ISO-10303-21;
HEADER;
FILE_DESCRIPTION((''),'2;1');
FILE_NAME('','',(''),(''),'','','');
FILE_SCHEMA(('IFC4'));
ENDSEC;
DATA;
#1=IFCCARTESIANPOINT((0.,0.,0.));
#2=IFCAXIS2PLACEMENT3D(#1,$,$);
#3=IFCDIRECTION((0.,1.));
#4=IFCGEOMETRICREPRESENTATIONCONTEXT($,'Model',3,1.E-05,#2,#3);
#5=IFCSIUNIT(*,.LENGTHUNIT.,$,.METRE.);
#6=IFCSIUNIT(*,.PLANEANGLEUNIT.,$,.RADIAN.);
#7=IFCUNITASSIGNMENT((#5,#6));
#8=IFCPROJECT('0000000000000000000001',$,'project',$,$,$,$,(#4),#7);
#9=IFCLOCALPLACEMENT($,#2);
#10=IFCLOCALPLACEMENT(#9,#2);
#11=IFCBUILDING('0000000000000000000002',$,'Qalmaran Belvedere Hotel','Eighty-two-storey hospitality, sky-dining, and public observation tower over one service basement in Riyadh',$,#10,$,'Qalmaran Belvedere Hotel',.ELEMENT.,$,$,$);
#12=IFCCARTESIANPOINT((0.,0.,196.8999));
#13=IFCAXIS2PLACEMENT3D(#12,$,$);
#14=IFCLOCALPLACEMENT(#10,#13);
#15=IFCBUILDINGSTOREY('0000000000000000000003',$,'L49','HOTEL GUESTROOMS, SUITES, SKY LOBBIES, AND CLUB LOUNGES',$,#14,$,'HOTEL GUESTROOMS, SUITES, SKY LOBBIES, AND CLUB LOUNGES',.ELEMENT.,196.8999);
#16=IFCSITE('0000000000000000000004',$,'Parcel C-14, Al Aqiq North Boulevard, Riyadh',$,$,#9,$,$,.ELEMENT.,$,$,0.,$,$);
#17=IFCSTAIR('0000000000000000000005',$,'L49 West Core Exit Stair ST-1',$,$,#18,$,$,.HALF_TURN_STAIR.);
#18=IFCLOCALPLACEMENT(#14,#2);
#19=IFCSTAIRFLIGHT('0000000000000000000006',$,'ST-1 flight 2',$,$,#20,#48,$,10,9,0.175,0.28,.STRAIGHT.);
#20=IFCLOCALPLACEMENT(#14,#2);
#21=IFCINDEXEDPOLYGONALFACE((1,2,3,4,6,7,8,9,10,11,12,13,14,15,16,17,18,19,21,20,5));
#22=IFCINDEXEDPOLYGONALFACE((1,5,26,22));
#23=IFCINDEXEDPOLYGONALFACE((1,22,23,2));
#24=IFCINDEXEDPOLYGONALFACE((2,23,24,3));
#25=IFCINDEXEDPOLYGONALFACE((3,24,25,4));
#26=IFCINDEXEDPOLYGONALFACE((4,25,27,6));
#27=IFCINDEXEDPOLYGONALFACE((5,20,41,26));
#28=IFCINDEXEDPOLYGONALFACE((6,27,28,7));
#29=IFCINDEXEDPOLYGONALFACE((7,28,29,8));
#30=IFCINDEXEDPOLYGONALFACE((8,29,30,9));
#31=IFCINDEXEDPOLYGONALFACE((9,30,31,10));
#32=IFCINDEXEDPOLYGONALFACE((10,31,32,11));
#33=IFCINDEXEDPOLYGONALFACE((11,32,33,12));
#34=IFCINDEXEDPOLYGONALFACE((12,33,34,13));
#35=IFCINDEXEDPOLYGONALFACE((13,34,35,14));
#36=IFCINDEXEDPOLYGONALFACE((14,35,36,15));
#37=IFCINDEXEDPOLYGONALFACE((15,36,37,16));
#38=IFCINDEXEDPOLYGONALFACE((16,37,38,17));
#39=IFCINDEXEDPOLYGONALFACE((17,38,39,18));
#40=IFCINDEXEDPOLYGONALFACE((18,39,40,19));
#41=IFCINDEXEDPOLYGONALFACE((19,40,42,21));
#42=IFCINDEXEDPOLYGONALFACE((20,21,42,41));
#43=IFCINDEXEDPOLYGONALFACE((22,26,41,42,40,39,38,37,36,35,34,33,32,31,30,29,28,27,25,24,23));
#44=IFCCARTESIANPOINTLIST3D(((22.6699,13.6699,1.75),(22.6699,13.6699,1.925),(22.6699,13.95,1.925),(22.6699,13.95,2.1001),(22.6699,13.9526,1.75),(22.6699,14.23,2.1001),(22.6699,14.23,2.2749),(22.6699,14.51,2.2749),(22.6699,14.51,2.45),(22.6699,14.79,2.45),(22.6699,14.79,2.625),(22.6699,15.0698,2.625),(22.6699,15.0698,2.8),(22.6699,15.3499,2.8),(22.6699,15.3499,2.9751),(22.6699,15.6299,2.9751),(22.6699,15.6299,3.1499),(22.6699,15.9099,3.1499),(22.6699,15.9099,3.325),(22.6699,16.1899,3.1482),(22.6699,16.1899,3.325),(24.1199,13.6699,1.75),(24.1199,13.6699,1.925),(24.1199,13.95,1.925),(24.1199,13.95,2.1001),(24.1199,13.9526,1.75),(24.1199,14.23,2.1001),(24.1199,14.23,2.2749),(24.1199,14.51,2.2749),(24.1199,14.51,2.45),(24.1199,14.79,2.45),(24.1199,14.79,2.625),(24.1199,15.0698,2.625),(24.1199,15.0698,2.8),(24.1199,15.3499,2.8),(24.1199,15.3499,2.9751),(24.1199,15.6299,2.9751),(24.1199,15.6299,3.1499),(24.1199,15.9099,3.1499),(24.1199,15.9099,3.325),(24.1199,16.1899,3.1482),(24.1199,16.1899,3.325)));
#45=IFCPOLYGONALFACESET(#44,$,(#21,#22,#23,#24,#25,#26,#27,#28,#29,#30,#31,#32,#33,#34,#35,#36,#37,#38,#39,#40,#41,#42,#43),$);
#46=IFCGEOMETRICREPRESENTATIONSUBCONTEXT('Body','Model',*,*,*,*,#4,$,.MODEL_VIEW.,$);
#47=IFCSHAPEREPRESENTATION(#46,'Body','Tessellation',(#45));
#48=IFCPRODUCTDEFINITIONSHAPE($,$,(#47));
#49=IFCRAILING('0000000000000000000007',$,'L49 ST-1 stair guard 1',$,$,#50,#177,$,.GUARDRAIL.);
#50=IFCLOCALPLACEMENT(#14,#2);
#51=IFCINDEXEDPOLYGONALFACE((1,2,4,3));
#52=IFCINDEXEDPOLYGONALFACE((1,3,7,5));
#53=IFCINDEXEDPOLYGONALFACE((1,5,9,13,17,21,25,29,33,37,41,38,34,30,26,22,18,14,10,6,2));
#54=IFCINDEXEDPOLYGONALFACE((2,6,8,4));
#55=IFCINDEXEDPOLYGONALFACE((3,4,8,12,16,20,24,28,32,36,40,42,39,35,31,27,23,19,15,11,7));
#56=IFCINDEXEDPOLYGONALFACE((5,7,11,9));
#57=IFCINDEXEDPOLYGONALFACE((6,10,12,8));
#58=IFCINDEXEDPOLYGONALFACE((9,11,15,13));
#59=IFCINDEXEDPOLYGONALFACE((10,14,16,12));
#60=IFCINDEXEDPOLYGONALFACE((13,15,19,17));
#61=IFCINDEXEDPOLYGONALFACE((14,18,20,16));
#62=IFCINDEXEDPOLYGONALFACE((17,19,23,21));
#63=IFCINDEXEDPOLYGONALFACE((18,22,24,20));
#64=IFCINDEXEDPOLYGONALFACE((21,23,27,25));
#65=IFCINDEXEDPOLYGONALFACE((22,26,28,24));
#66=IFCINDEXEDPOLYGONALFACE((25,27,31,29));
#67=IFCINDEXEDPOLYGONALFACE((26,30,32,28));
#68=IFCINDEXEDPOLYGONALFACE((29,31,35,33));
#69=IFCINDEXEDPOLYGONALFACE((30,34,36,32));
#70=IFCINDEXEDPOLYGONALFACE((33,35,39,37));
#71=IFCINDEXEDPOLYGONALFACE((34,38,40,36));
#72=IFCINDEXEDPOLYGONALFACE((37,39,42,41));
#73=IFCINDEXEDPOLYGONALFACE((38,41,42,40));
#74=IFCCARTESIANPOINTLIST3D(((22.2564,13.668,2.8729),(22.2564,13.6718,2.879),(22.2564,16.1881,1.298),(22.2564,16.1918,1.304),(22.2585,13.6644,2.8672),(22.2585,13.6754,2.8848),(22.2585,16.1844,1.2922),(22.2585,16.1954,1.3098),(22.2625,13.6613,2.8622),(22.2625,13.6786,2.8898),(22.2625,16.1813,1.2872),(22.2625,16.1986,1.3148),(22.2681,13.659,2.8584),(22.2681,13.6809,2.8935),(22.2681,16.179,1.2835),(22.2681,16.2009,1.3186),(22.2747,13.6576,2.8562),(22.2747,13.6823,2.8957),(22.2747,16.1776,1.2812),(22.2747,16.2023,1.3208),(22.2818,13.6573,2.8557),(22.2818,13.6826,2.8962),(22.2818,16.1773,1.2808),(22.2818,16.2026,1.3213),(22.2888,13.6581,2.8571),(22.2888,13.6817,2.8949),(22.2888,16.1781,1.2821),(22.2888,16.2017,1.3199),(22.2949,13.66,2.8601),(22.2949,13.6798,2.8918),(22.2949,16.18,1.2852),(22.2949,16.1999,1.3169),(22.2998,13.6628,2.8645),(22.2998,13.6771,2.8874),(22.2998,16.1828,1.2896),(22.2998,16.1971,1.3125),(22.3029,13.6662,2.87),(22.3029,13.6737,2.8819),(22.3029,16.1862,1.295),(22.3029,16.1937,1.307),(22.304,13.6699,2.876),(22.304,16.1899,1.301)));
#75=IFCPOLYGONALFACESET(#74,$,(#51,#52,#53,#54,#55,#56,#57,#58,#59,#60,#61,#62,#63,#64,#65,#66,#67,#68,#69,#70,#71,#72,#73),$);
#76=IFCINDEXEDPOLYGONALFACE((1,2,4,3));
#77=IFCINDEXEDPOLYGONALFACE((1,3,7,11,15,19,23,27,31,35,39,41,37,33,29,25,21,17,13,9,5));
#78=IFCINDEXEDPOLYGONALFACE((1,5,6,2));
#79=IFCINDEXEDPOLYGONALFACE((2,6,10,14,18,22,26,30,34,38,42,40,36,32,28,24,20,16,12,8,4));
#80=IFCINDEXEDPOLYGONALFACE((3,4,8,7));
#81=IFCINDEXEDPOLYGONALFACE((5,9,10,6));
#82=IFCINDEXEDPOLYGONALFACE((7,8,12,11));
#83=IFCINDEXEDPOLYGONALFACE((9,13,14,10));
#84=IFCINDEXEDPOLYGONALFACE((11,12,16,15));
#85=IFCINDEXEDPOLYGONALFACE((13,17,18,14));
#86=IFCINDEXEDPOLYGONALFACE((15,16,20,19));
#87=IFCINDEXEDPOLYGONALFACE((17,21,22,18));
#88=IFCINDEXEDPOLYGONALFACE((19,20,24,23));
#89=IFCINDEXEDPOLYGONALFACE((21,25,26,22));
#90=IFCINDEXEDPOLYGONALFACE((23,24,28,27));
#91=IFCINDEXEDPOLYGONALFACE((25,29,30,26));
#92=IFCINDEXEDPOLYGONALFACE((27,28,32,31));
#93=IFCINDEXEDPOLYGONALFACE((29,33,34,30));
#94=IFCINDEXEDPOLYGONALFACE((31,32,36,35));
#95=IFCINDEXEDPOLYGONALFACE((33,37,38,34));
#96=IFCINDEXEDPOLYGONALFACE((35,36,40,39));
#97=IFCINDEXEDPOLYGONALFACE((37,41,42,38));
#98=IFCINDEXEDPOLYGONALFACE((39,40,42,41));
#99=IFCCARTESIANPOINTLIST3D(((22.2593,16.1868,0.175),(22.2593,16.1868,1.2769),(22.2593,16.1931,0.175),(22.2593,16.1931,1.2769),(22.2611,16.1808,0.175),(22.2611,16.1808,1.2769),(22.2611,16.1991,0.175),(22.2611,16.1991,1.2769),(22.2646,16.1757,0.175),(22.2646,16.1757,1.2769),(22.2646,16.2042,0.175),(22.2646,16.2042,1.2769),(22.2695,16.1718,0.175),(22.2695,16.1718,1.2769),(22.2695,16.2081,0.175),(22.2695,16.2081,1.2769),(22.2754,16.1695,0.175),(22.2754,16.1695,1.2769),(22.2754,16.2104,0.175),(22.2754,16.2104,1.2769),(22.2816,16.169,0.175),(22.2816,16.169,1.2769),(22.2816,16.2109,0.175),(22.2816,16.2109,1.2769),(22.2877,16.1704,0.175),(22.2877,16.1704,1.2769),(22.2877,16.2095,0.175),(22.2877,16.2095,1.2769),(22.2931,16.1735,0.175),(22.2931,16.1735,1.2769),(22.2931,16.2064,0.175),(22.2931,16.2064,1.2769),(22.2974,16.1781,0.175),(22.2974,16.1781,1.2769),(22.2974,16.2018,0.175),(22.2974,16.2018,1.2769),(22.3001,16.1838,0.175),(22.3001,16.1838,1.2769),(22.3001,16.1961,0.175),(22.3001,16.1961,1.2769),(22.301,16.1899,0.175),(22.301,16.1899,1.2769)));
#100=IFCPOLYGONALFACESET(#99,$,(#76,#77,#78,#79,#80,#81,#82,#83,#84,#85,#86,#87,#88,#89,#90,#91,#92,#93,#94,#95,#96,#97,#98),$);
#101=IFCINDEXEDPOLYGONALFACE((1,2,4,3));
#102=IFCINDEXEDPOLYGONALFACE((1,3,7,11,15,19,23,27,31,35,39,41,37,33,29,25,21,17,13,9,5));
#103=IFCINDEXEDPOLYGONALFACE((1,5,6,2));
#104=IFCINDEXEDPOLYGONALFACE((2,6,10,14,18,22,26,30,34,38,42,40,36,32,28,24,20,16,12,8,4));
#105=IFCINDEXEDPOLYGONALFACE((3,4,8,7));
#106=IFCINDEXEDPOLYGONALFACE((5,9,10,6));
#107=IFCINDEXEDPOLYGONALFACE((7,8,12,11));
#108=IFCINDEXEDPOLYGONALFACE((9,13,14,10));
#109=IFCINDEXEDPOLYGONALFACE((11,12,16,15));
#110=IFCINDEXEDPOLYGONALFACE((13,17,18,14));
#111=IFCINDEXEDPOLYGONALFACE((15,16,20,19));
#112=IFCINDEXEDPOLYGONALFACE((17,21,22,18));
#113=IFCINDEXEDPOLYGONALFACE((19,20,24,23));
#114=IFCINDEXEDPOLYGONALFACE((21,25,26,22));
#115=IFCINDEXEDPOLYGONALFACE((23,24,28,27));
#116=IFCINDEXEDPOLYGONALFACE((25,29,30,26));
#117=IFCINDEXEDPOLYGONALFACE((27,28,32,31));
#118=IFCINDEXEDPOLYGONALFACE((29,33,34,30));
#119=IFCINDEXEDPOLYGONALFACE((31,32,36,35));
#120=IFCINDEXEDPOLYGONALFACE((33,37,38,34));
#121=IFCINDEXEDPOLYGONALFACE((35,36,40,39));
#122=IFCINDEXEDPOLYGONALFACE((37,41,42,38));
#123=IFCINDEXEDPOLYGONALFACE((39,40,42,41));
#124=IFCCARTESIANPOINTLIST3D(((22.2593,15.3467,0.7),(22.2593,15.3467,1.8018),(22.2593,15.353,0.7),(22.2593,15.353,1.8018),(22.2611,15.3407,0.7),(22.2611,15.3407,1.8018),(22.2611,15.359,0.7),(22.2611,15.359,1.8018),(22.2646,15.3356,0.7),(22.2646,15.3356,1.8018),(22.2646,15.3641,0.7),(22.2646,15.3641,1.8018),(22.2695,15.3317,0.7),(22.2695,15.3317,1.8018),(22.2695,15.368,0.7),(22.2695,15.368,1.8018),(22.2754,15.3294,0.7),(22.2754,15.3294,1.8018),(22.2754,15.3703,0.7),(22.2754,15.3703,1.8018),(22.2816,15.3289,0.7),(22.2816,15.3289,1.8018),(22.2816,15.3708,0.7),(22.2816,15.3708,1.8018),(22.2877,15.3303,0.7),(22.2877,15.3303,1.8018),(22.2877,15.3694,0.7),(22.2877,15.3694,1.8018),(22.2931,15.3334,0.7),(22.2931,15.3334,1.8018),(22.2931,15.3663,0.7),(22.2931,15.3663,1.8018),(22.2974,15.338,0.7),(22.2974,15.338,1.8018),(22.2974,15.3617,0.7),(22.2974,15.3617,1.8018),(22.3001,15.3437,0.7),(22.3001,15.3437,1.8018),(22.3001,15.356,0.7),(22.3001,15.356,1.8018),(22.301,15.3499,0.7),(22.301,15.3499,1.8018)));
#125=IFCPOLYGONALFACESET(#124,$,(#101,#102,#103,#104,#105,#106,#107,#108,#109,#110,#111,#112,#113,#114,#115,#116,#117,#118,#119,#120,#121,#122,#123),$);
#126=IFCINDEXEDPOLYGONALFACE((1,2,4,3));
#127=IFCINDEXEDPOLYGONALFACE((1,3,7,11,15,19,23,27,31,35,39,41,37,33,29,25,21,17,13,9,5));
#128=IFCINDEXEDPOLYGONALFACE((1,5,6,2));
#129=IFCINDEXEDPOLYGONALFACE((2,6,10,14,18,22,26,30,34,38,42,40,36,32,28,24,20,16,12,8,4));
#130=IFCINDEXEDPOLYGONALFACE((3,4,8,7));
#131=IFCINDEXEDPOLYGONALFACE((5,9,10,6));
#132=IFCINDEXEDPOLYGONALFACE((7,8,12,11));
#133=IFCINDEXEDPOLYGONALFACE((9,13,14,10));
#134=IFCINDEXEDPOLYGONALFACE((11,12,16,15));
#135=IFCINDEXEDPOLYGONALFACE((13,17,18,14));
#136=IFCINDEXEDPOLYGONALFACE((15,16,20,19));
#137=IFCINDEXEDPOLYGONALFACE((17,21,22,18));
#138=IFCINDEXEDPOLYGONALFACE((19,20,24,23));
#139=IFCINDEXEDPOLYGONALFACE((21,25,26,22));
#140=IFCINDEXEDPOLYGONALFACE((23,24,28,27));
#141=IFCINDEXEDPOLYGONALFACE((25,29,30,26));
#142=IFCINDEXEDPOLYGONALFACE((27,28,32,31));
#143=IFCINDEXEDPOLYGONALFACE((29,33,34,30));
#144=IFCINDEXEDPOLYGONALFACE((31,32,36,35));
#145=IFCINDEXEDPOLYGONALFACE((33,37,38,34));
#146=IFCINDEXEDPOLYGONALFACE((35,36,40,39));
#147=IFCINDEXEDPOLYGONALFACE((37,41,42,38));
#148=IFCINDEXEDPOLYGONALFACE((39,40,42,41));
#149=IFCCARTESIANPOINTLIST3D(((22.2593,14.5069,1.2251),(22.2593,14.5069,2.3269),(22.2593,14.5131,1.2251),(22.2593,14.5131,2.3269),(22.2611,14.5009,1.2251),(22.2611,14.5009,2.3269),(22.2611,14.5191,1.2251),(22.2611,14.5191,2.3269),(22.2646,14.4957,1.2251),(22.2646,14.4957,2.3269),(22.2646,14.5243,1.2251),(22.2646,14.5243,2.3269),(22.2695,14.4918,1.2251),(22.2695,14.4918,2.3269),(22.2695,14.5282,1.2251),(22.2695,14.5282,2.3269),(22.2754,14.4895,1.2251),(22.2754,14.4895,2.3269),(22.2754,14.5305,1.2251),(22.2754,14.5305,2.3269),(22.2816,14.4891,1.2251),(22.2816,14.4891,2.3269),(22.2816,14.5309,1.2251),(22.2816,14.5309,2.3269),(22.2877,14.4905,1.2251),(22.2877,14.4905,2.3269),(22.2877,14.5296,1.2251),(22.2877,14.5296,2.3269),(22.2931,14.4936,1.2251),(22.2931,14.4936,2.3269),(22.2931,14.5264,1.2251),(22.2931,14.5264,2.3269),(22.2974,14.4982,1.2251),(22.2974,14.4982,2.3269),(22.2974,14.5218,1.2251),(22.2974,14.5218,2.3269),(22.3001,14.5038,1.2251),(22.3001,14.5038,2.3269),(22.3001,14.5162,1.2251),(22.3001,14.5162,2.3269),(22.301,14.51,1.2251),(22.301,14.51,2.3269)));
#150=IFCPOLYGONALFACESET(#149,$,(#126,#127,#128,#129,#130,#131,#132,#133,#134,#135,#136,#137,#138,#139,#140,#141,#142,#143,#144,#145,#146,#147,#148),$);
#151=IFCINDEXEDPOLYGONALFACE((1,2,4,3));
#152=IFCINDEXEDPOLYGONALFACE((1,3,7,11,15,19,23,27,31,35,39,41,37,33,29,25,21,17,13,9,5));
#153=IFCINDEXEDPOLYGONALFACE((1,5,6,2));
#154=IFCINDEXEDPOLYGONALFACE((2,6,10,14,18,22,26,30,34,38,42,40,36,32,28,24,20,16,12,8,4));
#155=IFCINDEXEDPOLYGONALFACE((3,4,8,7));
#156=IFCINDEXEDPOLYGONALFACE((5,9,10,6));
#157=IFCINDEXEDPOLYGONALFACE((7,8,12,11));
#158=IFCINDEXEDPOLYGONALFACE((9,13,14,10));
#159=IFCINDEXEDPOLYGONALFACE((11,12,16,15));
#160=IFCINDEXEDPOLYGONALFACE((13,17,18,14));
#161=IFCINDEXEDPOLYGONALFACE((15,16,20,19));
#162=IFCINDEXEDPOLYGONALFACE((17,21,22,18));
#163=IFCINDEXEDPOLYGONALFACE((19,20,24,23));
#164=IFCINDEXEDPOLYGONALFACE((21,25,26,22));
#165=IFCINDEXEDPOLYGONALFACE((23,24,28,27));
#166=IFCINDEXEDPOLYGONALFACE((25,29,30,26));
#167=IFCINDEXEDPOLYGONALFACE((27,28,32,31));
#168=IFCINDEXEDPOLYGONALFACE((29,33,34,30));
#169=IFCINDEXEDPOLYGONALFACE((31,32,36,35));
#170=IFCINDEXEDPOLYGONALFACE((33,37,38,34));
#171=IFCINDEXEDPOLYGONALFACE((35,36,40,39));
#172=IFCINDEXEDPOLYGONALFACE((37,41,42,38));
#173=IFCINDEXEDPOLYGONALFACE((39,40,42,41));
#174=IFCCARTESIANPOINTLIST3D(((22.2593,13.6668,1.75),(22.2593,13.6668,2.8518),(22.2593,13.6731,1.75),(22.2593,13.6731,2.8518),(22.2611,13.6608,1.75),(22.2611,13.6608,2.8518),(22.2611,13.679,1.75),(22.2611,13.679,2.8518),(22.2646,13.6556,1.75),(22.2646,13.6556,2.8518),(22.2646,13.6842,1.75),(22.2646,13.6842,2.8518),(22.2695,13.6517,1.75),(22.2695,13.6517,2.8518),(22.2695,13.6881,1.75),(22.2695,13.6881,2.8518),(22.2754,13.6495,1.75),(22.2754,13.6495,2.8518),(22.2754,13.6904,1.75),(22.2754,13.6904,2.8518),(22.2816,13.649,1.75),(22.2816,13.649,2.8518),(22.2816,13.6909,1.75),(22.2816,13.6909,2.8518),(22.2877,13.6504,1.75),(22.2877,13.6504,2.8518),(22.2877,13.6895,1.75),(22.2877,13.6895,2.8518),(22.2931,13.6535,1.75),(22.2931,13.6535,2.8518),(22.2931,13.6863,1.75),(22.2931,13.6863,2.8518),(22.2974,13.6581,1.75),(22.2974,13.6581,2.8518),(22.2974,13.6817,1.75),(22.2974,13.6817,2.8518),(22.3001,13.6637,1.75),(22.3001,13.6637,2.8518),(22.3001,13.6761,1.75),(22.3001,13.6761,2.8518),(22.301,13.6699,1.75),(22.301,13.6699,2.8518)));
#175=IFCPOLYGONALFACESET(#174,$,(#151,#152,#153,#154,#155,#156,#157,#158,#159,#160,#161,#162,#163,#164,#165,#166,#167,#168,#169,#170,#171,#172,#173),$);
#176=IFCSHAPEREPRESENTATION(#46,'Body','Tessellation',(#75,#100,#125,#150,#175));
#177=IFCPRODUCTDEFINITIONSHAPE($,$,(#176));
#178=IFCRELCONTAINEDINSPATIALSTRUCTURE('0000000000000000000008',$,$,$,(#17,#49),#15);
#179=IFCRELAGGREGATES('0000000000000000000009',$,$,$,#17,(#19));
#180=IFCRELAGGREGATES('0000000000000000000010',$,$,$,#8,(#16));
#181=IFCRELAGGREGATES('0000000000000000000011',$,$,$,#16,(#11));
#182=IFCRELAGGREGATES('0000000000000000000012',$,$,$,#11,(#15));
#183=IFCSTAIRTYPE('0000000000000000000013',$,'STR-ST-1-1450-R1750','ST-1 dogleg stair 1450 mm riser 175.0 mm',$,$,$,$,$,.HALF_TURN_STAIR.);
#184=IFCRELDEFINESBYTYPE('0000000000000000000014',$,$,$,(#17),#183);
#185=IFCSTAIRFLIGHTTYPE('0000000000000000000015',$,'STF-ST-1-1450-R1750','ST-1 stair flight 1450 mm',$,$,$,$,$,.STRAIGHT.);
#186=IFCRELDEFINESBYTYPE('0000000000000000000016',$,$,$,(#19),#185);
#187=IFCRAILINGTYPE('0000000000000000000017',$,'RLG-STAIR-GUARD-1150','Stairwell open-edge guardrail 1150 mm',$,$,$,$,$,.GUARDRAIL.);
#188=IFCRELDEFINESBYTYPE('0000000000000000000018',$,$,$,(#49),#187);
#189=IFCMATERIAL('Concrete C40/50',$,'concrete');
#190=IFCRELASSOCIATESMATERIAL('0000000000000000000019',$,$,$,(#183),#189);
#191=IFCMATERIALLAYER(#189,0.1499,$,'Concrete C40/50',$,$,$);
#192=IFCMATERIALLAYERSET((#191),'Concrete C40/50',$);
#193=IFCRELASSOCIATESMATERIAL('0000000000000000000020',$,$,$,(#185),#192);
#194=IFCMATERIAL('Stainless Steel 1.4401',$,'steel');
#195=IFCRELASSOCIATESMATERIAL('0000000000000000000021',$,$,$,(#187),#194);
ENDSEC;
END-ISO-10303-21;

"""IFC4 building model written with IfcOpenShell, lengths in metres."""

from ifc_helpers import new_model, si_unit, direction, frame, origin, origin_2d, place, context, subcontext, project, spatial, polyline, circle, outline, extrude, material, layer, layer_set, type_object, element, aggregate, save


model = new_model("IFC4")

# Units and contexts
model_context = context("Model", 3, precision=1e-05, world=origin(), true_north=direction((0.0, 1.0)))
body_context = subcontext(model_context, "Body", "Model", "MODEL_VIEW")
ifc_project = project(units=[si_unit("LENGTHUNIT", "METRE"), si_unit("PLANEANGLEUNIT", "RADIAN")], contexts=[model_context])

# Site, building, storey
site_placement = place(None, origin())
site = spatial("IfcSite", under=ifc_project, at=site_placement, Name="Parcel C-14, Al Aqiq North Boulevard, Riyadh", CompositionType="ELEMENT", RefElevation=0.0)
building_placement = place(site_placement, origin())
building = spatial("IfcBuilding", under=site, at=building_placement, Name="Qalmaran Belvedere Hotel", Description="Eighty-two-storey hospitality, sky-dining, and public observation tower over one service basement in Riyadh", LongName="Qalmaran Belvedere Hotel", CompositionType="ELEMENT")
storey_placement = place(building_placement, frame((0.0, 0.0, 196.8999)))
storey = spatial("IfcBuildingStorey", under=building, at=storey_placement, Name="L49", Description="HOTEL GUESTROOMS, SUITES, SKY LOBBIES, AND CLUB LOUNGES", LongName="HOTEL GUESTROOMS, SUITES, SKY LOBBIES, AND CLUB LOUNGES", CompositionType="ELEMENT", Elevation=196.8999)

# Shared definitions
ifc_material_1 = material(Name="Stainless Steel 1.4401", Category="steel")

# Stair, stair flight
ifc_material_2 = material(Name="Concrete C40/50", Category="concrete")
stair_type = type_object("IfcStairType", Name="STR-ST-1-1450-R1750", Description="ST-1 dogleg stair 1450 mm riser 175.0 mm", PredefinedType="HALF_TURN_STAIR", material=ifc_material_2)
stair_placement = place(storey_placement, origin())
stair = element("IfcStair", 1, at=stair_placement, inside=storey, type_object=stair_type, Name="L49 West Core Exit Stair ST-1", PredefinedType="HALF_TURN_STAIR")
ifc_layer_1 = layer(ifc_material_2, 0.1499, Name="Concrete C40/50")
ifc_layer_set_1 = layer_set([ifc_layer_1], Name="Concrete C40/50")
stair_flight_type = type_object("IfcStairFlightType", Name="STF-ST-1-1450-R1750", Description="ST-1 stair flight 1450 mm", PredefinedType="STRAIGHT", material=ifc_layer_set_1)
stair_flight_1_placement = place(storey_placement, frame((23.395, 13.6699, 1.75), z_axis=(0.0, 0.0, 1.0), x_axis=(0.0, 1.0, 0.0)))
stair_flight_1 = element("IfcStairFlight", 2, at=stair_flight_1_placement, type_object=stair_flight_type, Name="ST-1 flight 2", NumberOfRisers=10, NumberOfTreads=9, PredefinedType="STRAIGHT", RiserHeight=0.175, TreadLength=0.28, context=body_context, shape_type="SweptSolid", body=[
    extrude(outline(polyline([(0.0, 0.0), (0.0, 0.175), (0.28, 0.175), (0.28, 0.3501), (0.5601, 0.3501), (0.5601, 0.5249), (0.8401, 0.5249), (0.8401, 0.7), (1.1201, 0.7), (1.1201, 0.875), (1.3999, 0.875), (1.3999, 1.05), (1.6799, 1.05), (1.6799, 1.2251), (1.96, 1.2251), (1.96, 1.3999), (2.24, 1.3999), (2.24, 1.575), (2.52, 1.575), (2.52, 1.75), (2.52, 1.3982), (0.2827, 0.0), (0.0, 0.0)])), frame((0.0, 0.7251, 0.0), z_axis=(0.0, -1.0, 0.0), x_axis=(1.0, 0.0, 0.0)), (0.0, 0.0, 1.0), 1.45),
])
aggregate(stair, [stair_flight_1])

# Railing
railing_type_1 = type_object("IfcRailingType", Name="RLG-STAIR-GUARD-1150", Description="Stairwell open-edge guardrail 1150 mm", PredefinedType="GUARDRAIL", material=ifc_material_1)
railing_1_placement = place(storey_placement, frame((22.28, 16.1899, 0.175)))
element("IfcRailing", 3, at=railing_1_placement, inside=storey, type_object=railing_type_1, Name="L49 ST-1 stair guard 1", PredefinedType="GUARDRAIL", context=body_context, shape_type="SweptSolid", body=[
    extrude(circle(Radius=0.0239, at=origin_2d()), frame((0.0, 0.0, 1.126), z_axis=(0.0, -0.848008, 0.529984), x_axis=(1.0, 0.0, 0.0)), (0.0, 0.0, 1.0), 2.9717),
    extrude(circle(Radius=0.021, at=origin_2d()), origin(), (0.0, 0.0, 1.0), 1.1018),
    extrude(circle(Radius=0.021, at=origin_2d()), frame((0.0, -0.8401, 0.5249)), (0.0, 0.0, 1.0), 1.1018),
    extrude(circle(Radius=0.021, at=origin_2d()), frame((0.0, -1.6799, 1.05)), (0.0, 0.0, 1.0), 1.1018),
    extrude(circle(Radius=0.021, at=origin_2d()), frame((0.0, -2.52, 1.575)), (0.0, 0.0, 1.0), 1.1018),
])

save(model, "model.ifc")
